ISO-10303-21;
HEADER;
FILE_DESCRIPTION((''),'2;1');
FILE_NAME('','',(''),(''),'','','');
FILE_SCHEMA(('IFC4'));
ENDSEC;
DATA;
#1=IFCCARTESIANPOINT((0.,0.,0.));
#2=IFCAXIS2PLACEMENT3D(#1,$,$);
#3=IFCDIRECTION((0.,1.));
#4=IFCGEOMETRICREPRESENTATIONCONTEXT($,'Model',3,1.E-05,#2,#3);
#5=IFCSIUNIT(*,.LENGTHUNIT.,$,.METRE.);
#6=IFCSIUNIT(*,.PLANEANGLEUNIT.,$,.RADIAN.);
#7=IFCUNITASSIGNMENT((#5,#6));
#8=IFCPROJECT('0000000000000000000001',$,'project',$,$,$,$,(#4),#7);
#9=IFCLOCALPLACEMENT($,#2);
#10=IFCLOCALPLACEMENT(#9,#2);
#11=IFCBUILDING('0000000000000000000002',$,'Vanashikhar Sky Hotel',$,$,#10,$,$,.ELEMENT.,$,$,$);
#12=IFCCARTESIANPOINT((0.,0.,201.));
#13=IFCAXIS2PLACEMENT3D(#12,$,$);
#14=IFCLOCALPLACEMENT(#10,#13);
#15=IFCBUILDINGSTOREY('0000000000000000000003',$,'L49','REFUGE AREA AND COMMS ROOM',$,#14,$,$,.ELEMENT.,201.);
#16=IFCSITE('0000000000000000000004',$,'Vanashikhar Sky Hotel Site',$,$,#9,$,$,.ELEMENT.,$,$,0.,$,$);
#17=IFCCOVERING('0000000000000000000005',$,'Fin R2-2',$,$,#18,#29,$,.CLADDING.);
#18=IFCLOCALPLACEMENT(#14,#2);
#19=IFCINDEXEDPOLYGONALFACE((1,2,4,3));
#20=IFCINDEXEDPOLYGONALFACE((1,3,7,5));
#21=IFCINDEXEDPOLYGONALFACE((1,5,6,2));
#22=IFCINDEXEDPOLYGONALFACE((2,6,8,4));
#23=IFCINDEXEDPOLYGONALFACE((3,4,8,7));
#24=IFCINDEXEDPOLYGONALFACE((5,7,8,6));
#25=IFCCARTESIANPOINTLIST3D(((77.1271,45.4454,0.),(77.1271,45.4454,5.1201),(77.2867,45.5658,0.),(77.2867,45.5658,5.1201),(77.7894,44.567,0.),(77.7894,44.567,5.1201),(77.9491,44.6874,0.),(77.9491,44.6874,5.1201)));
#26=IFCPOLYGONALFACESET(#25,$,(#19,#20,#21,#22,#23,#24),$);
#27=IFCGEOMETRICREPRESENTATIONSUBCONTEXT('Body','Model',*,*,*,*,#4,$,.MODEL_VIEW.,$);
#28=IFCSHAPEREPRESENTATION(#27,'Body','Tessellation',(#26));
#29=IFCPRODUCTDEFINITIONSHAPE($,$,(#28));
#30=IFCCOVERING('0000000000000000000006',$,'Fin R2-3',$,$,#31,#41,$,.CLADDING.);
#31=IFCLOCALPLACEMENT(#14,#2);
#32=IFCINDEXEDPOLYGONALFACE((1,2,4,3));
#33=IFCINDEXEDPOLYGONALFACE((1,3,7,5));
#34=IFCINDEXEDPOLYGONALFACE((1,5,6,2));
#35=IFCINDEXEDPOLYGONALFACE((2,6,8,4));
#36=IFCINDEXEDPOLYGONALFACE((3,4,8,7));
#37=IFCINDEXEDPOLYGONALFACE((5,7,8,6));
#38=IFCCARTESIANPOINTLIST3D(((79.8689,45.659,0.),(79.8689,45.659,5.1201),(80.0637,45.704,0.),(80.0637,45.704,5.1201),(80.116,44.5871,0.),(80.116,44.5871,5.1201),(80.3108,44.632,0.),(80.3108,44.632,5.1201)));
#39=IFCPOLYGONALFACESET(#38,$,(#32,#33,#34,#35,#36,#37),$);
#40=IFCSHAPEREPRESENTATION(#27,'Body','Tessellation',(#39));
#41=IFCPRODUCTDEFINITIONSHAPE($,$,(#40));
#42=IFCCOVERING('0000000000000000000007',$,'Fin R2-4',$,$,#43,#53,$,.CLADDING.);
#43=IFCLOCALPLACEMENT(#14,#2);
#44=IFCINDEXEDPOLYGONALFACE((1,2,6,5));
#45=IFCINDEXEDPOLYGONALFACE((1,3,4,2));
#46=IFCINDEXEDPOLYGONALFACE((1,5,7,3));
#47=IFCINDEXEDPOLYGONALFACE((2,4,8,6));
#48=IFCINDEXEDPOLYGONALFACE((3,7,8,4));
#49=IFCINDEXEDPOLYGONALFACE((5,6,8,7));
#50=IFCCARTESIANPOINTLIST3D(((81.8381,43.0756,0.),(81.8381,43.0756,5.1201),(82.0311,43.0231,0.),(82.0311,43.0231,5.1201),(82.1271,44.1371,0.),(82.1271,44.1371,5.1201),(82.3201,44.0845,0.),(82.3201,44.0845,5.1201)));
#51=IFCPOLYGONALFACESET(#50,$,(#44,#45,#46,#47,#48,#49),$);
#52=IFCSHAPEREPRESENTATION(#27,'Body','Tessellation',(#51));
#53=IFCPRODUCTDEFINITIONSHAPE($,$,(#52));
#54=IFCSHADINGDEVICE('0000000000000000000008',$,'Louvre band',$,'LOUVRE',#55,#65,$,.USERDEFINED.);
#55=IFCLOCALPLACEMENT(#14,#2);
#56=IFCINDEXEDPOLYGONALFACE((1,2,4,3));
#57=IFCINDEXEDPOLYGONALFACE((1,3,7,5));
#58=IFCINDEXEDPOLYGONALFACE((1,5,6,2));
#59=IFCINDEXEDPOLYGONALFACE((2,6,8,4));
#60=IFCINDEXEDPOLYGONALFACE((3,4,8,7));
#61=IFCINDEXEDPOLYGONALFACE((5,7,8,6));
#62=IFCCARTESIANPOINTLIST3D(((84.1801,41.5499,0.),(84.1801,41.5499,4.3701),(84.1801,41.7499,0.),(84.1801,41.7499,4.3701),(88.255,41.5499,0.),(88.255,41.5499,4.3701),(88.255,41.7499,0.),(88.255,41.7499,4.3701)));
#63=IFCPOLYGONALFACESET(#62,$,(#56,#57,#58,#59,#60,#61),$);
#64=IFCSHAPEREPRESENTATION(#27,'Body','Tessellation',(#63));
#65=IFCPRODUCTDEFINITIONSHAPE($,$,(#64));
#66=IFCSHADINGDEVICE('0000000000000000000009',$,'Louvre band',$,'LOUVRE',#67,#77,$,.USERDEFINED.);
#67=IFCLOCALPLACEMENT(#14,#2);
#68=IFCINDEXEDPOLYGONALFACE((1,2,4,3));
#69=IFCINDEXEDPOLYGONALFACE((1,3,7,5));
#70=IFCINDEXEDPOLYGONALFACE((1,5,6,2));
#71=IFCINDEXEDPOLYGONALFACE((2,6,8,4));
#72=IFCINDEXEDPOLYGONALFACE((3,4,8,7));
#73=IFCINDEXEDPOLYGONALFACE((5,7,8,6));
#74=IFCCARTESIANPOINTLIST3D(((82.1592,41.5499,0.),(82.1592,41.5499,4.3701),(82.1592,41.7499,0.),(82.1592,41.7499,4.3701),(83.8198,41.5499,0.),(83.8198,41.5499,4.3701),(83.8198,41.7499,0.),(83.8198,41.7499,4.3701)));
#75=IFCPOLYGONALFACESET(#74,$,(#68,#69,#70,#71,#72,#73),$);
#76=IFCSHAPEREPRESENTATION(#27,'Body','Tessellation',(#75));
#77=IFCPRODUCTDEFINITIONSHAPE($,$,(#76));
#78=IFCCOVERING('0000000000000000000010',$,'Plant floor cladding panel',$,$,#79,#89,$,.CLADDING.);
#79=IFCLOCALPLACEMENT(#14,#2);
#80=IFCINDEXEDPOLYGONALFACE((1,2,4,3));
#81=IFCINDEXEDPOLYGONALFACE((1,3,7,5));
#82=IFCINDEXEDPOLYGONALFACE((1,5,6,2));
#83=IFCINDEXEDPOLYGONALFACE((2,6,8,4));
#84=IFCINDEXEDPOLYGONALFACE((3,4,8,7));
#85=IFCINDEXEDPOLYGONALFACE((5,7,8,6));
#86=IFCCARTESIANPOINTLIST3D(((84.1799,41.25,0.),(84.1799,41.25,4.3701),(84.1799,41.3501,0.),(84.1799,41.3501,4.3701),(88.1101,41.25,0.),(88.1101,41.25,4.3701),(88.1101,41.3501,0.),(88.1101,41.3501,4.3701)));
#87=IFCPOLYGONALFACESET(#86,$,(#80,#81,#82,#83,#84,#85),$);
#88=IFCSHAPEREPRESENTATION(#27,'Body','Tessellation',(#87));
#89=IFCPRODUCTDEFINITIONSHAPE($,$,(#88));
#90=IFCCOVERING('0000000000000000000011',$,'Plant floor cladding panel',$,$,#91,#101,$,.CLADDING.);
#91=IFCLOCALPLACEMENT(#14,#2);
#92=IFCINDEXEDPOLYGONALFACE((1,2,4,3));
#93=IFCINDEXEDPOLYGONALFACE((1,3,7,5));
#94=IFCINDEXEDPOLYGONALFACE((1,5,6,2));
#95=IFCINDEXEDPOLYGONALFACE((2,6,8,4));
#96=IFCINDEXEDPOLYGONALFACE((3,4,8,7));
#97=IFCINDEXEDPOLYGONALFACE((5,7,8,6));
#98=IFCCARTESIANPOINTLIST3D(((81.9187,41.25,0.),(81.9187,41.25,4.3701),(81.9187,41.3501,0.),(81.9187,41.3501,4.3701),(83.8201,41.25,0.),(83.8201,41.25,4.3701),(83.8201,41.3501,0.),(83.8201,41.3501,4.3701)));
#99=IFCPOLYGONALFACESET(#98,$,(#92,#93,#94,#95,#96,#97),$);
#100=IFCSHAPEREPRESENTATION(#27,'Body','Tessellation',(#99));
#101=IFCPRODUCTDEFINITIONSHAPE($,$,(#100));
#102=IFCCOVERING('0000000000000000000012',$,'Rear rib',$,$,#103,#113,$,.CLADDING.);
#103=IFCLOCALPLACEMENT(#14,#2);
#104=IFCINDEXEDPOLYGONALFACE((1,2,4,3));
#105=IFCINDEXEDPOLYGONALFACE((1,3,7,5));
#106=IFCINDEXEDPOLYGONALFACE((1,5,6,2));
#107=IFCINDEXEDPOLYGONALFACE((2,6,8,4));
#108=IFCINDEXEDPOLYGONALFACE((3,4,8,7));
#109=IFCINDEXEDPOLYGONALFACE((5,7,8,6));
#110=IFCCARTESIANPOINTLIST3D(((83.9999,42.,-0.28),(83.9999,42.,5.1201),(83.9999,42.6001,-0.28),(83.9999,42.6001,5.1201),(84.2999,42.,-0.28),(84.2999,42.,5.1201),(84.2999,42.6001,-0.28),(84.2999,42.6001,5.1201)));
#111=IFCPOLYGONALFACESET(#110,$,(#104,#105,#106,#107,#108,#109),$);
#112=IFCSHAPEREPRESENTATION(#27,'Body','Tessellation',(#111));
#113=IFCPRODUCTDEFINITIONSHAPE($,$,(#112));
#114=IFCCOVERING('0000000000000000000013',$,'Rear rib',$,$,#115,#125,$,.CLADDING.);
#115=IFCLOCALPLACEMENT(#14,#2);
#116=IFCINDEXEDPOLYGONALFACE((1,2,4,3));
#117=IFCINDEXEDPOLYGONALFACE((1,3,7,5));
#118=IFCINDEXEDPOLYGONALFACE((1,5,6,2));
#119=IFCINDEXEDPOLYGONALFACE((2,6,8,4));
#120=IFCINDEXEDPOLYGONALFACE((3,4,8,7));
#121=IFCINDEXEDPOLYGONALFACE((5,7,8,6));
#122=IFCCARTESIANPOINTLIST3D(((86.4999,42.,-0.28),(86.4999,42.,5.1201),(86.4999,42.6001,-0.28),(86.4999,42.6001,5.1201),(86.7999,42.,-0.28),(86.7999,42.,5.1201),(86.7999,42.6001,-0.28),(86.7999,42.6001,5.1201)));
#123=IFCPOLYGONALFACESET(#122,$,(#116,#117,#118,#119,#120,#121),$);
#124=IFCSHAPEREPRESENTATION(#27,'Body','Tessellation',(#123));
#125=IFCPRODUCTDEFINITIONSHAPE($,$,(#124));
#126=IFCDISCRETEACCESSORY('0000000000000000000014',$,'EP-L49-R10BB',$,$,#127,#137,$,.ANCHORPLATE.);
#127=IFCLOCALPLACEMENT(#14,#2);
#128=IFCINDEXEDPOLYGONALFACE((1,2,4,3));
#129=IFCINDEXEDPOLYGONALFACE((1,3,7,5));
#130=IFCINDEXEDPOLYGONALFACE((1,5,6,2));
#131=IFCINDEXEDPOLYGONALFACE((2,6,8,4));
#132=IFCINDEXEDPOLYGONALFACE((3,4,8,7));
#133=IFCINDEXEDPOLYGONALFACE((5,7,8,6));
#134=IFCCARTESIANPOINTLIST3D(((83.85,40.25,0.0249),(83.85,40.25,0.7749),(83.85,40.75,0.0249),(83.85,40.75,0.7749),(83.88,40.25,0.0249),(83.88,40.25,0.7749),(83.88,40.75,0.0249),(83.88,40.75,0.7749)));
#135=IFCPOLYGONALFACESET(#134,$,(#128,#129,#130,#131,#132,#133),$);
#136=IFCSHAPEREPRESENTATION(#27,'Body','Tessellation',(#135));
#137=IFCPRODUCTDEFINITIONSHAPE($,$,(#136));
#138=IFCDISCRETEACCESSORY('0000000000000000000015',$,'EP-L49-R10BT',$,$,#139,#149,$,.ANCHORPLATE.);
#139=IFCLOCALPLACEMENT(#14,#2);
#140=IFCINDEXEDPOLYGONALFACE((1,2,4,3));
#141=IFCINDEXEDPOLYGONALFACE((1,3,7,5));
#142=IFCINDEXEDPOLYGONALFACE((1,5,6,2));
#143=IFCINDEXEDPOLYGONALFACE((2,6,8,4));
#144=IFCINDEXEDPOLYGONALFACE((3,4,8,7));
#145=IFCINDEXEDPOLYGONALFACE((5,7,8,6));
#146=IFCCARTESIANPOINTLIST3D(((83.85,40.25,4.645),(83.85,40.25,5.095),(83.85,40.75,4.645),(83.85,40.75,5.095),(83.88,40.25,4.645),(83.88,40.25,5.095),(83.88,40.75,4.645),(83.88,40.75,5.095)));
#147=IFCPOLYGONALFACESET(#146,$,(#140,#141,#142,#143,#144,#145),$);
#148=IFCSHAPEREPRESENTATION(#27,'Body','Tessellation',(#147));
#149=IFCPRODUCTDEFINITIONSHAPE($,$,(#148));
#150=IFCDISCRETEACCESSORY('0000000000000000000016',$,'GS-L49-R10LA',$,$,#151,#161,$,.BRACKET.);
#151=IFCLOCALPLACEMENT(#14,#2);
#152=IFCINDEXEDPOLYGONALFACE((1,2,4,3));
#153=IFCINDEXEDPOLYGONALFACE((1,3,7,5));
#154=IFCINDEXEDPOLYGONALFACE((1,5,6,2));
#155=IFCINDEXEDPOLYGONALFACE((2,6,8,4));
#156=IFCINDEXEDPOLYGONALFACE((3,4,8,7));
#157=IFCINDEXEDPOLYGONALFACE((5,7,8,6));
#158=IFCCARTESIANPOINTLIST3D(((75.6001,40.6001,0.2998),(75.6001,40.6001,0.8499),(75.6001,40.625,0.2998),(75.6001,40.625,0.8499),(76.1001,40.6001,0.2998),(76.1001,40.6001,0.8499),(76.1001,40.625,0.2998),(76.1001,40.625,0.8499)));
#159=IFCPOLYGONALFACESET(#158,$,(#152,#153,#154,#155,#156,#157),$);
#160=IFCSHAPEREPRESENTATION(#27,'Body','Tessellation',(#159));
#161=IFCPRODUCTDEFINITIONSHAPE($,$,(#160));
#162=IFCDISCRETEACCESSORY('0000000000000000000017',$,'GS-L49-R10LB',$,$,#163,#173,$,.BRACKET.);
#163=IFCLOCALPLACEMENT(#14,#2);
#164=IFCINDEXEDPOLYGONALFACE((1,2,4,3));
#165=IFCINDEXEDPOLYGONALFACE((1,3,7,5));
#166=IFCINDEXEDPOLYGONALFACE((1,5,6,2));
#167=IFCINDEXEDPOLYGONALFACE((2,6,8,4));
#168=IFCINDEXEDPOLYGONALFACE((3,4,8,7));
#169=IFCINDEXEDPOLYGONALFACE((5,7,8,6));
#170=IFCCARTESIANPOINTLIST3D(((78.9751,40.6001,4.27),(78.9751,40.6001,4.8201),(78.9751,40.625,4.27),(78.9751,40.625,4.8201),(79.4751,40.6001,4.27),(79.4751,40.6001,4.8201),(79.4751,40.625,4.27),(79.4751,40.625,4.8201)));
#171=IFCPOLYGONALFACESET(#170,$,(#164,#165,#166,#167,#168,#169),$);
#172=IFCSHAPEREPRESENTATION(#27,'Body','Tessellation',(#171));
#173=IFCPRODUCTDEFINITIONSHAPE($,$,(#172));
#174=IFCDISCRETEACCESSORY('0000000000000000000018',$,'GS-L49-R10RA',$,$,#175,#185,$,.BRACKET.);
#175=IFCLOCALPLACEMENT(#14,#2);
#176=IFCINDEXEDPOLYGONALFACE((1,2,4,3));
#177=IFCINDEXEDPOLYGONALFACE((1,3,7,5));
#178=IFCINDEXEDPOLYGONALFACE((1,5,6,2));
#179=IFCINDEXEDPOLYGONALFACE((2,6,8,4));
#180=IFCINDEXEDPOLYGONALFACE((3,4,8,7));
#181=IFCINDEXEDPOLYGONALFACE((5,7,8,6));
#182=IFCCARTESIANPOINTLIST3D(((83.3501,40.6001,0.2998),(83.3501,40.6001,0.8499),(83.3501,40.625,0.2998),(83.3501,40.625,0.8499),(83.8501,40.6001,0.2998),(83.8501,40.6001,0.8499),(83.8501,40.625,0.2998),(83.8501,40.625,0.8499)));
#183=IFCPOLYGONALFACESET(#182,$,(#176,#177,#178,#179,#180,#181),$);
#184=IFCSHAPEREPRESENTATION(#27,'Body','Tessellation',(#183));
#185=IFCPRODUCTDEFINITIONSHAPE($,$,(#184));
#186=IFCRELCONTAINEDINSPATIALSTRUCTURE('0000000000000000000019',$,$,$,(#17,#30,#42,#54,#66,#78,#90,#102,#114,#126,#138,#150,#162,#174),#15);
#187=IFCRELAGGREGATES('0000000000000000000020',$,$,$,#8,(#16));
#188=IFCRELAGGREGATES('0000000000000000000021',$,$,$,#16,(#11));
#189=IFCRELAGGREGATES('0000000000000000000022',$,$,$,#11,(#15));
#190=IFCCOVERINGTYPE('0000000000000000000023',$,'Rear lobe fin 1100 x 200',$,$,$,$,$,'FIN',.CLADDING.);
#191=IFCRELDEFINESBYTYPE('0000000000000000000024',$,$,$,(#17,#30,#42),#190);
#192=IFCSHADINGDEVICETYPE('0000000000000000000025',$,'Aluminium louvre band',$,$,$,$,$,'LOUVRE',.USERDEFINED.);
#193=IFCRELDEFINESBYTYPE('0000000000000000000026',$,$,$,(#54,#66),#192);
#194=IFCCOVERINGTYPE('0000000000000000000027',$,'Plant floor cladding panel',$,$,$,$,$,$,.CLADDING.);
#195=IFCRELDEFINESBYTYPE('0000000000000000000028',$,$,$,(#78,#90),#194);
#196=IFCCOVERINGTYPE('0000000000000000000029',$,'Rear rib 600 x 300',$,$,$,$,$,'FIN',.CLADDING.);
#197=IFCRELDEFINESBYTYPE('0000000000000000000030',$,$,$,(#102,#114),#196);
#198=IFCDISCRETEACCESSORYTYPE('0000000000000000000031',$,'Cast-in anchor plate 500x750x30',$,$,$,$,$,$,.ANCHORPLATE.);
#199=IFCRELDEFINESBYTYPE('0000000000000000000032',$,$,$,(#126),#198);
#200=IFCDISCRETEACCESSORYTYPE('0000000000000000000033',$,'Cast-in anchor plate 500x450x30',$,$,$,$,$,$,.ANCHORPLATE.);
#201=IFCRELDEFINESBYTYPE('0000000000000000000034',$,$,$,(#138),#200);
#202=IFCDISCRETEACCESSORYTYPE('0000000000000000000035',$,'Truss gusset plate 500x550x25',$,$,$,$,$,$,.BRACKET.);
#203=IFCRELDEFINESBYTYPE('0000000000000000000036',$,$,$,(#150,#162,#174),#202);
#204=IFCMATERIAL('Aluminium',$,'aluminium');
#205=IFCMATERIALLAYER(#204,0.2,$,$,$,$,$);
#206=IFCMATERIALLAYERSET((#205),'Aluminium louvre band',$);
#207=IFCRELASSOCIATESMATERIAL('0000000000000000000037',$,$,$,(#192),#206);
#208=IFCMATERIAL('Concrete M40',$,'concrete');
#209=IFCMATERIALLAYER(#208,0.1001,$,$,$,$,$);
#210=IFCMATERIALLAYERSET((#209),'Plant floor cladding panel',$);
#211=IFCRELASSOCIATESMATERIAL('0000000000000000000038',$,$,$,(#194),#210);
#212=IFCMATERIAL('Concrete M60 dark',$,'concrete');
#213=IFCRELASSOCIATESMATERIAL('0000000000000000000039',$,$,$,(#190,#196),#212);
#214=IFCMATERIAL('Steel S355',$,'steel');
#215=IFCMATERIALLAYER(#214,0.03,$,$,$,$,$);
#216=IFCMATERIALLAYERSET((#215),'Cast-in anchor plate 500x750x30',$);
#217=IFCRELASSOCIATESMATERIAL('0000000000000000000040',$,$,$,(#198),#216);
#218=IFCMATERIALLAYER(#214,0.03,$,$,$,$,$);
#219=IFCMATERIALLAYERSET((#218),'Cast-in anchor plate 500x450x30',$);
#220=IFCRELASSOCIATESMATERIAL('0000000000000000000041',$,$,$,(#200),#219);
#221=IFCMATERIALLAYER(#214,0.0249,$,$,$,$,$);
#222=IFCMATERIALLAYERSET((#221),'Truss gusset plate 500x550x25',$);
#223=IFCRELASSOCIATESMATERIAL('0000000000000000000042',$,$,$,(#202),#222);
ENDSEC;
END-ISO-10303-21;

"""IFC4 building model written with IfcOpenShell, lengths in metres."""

from ifc_helpers import new_model, si_unit, direction, frame, origin, origin_2d, place, context, subcontext, project, spatial, rectangle, extrude, source, transform, mapped, material, layer, layer_set, material_profile, profile_set, type_object, element, save


model = new_model("IFC4")

# Units and contexts
model_context = context("Model", 3, precision=1e-05, world=origin(), true_north=direction((0.0, 1.0)))
body_context = subcontext(model_context, "Body", "Model", "MODEL_VIEW")
ifc_project = project(units=[si_unit("LENGTHUNIT", "METRE"), si_unit("PLANEANGLEUNIT", "RADIAN")], contexts=[model_context])

# Site, building, storey
site_placement = place(None, origin())
site = spatial("IfcSite", under=ifc_project, at=site_placement, Name="Vanashikhar Sky Hotel Site", CompositionType="ELEMENT", RefElevation=0.0)
building_placement = place(site_placement, origin())
building = spatial("IfcBuilding", under=site, at=building_placement, Name="Vanashikhar Sky Hotel", CompositionType="ELEMENT")
storey_placement = place(building_placement, frame((0.0, 0.0, 201.0)))
storey = spatial("IfcBuildingStorey", under=building, at=storey_placement, Name="L49", Description="REFUGE AREA AND COMMS ROOM", CompositionType="ELEMENT", Elevation=201.0)

# Shared definitions
ifc_material_1 = material(Name="Steel S355", Category="steel")

# Shared definitions
ifc_material_2 = material(Name="Aluminium", Category="aluminium")
ifc_layer_1 = layer(ifc_material_2, 0.2)
ifc_layer_set_1 = layer_set([ifc_layer_1], Name="Aluminium louvre band")
shading_device_type = type_object("IfcShadingDeviceType", Name="Aluminium louvre band", ElementType="LOUVRE", PredefinedType="USERDEFINED", material=ifc_layer_set_1)

# Coverings
ifc_material_3 = material(Name="Concrete M40", Category="concrete")
ifc_layer_2 = layer(ifc_material_3, 0.1001)
ifc_layer_set_2 = layer_set([ifc_layer_2], Name="Plant floor cladding panel")
covering_type_1 = type_object("IfcCoveringType", Name="Plant floor cladding panel", PredefinedType="CLADDING", material=ifc_layer_set_2)
ifc_material_4 = material(Name="Concrete M60 dark", Category="concrete")
ifc_material_profile_1 = material_profile(ifc_material_4, rectangle(XDim=1.1001, YDim=0.2, at=origin_2d()))
ifc_profile_set_1 = profile_set([ifc_material_profile_1], Name="Rear lobe fin 1100 x 200")
covering_type_2 = type_object("IfcCoveringType", Name="Rear lobe fin 1100 x 200", ElementType="FIN", PredefinedType="CLADDING", material=ifc_profile_set_1)
shared_shape_1 = source(origin(), body_context, "Body", "SweptSolid", [
    extrude(rectangle(XDim=1.1001, YDim=0.2, at=origin_2d()), origin(), (0.0, 0.0, 1.0), 5.1201),
])
for number, where, z_axis, x_axis, name in (
    (1, (77.5381, 45.0664, 0.0), (0.0, 0.0, 1.0), (-0.602066, 0.798446, 0.0), "Fin R2-2"),
    (2, (80.0898, 45.1455, 0.0), (0.0, 0.0, 1.0), (-0.224645, 0.974441, 0.0), "Fin R2-3"),
    (3, (82.0791, 43.5801, 0.0), (0.0, 0.0, 1.0), (0.262711, 0.964874, 0.0), "Fin R2-4"),
):
    element("IfcCovering", number, at=place(storey_placement, frame(where, z_axis=z_axis, x_axis=x_axis)), inside=storey, type_object=covering_type_2, Name=name, PredefinedType="CLADDING", context=body_context, shape_type="MappedRepresentation", body=[
        mapped(shared_shape_1, transform((0.0, 0.0, 0.0), scale=1.0)),
    ])

# Shading devices
shared_shape_2 = source(origin(), body_context, "Body", "SweptSolid", [
    extrude(rectangle(XDim=4.075, YDim=0.2, at=origin_2d()), origin(), (0.0, 0.0, 1.0), 4.3701),
])
shading_device_1_placement = place(storey_placement, frame((86.2175, 41.6499, 0.0), z_axis=(0.0, 0.0, 1.0), x_axis=(-1.0, 0.0, 0.0)))
element("IfcShadingDevice", 4, at=shading_device_1_placement, inside=storey, type_object=shading_device_type, Name="Louvre band", ObjectType="LOUVRE", PredefinedType="USERDEFINED", context=body_context, shape_type="MappedRepresentation", body=[
    mapped(shared_shape_2, transform((0.0, 0.0, 0.0), scale=1.0)),
])
shared_shape_3 = source(origin(), body_context, "Body", "SweptSolid", [
    extrude(rectangle(XDim=1.6606, YDim=0.2, at=origin_2d()), origin(), (0.0, 0.0, 1.0), 4.3701),
])
shading_device_2_placement = place(storey_placement, frame((82.9895, 41.6499, 0.0), z_axis=(0.0, 0.0, 1.0), x_axis=(-1.0, 0.0, 0.0)))
element("IfcShadingDevice", 5, at=shading_device_2_placement, inside=storey, type_object=shading_device_type, Name="Louvre band", ObjectType="LOUVRE", PredefinedType="USERDEFINED", context=body_context, shape_type="MappedRepresentation", body=[
    mapped(shared_shape_3, transform((0.0, 0.0, 0.0), scale=1.0)),
])

# Coverings
shared_shape_4 = source(origin(), body_context, "Body", "SweptSolid", [
    extrude(rectangle(XDim=3.9302, YDim=0.1001, at=origin_2d()), origin(), (0.0, 0.0, 1.0), 4.3701),
])
covering_1_placement = place(storey_placement, frame((86.145, 41.3, 0.0), z_axis=(0.0, 0.0, 1.0), x_axis=(-1.0, 0.0, 0.0)))
element("IfcCovering", 6, at=covering_1_placement, inside=storey, type_object=covering_type_1, Name="Plant floor cladding panel", PredefinedType="CLADDING", context=body_context, shape_type="MappedRepresentation", body=[
    mapped(shared_shape_4, transform((0.0, 0.0, 0.0), scale=1.0)),
])
shared_shape_5 = source(origin(), body_context, "Body", "SweptSolid", [
    extrude(rectangle(XDim=1.9014, YDim=0.1001, at=origin_2d()), origin(), (0.0, 0.0, 1.0), 4.3701),
])
covering_2_placement = place(storey_placement, frame((82.8694, 41.3, 0.0), z_axis=(0.0, 0.0, 1.0), x_axis=(-1.0, 0.0, 0.0)))
element("IfcCovering", 7, at=covering_2_placement, inside=storey, type_object=covering_type_1, Name="Plant floor cladding panel", PredefinedType="CLADDING", context=body_context, shape_type="MappedRepresentation", body=[
    mapped(shared_shape_5, transform((0.0, 0.0, 0.0), scale=1.0)),
])
ifc_material_profile_2 = material_profile(ifc_material_4, rectangle(XDim=0.6001, YDim=0.3, at=origin_2d()))
ifc_profile_set_2 = profile_set([ifc_material_profile_2], Name="Rear rib 600 x 300")
covering_type_3 = type_object("IfcCoveringType", Name="Rear rib 600 x 300", ElementType="FIN", PredefinedType="CLADDING", material=ifc_profile_set_2)
shared_shape_6 = source(origin(), body_context, "Body", "SweptSolid", [
    extrude(rectangle(XDim=0.6001, YDim=0.3, at=origin_2d()), origin(), (0.0, 0.0, 1.0), 5.4001),
])
for number, where, z_axis, x_axis, name in (
    (8, (84.1499, 42.3, -0.28), (0.0, 0.0, 1.0), (0.0, 1.0, 0.0), "Rear rib"),
    (9, (86.6499, 42.3, -0.28), (0.0, 0.0, 1.0), (0.0, 1.0, 0.0), "Rear rib"),
):
    element("IfcCovering", number, at=place(storey_placement, frame(where, z_axis=z_axis, x_axis=x_axis)), inside=storey, type_object=covering_type_3, Name=name, PredefinedType="CLADDING", context=body_context, shape_type="MappedRepresentation", body=[
        mapped(shared_shape_6, transform((0.0, 0.0, 0.0), scale=1.0)),
    ])

# Discrete accessories
ifc_layer_3 = layer(ifc_material_1, 0.03)
ifc_layer_set_3 = layer_set([ifc_layer_3], Name="Cast-in anchor plate 500x750x30")
discrete_accessory_type_1 = type_object("IfcDiscreteAccessoryType", Name="Cast-in anchor plate 500x750x30", PredefinedType="ANCHORPLATE", material=ifc_layer_set_3)
shared_shape_7 = source(origin(), body_context, "Body", "SweptSolid", [
    extrude(rectangle(XDim=0.03, YDim=0.5, at=origin_2d()), origin(), (0.0, 0.0, 1.0), 0.75),
])
discrete_accessory_1_placement = place(storey_placement, frame((83.865, 40.5, 0.0249), z_axis=(0.0, 0.0, 1.0), x_axis=(1.0, 0.0, 0.0)))
element("IfcDiscreteAccessory", 10, at=discrete_accessory_1_placement, inside=storey, type_object=discrete_accessory_type_1, Name="EP-L49-R10BB", PredefinedType="ANCHORPLATE", context=body_context, shape_type="MappedRepresentation", body=[
    mapped(shared_shape_7, transform((0.0, 0.0, 0.0), scale=1.0)),
])
ifc_layer_4 = layer(ifc_material_1, 0.03)
ifc_layer_set_4 = layer_set([ifc_layer_4], Name="Cast-in anchor plate 500x450x30")
discrete_accessory_type_2 = type_object("IfcDiscreteAccessoryType", Name="Cast-in anchor plate 500x450x30", PredefinedType="ANCHORPLATE", material=ifc_layer_set_4)
shared_shape_8 = source(origin(), body_context, "Body", "SweptSolid", [
    extrude(rectangle(XDim=0.03, YDim=0.5, at=origin_2d()), origin(), (0.0, 0.0, 1.0), 0.45),
])
discrete_accessory_2_placement = place(storey_placement, frame((83.865, 40.5, 4.645), z_axis=(0.0, 0.0, 1.0), x_axis=(1.0, 0.0, 0.0)))
element("IfcDiscreteAccessory", 11, at=discrete_accessory_2_placement, inside=storey, type_object=discrete_accessory_type_2, Name="EP-L49-R10BT", PredefinedType="ANCHORPLATE", context=body_context, shape_type="MappedRepresentation", body=[
    mapped(shared_shape_8, transform((0.0, 0.0, 0.0), scale=1.0)),
])
ifc_layer_5 = layer(ifc_material_1, 0.0249)
ifc_layer_set_5 = layer_set([ifc_layer_5], Name="Truss gusset plate 500x550x25")
discrete_accessory_type_3 = type_object("IfcDiscreteAccessoryType", Name="Truss gusset plate 500x550x25", PredefinedType="BRACKET", material=ifc_layer_set_5)
shared_shape_9 = source(origin(), body_context, "Body", "SweptSolid", [
    extrude(rectangle(XDim=0.5, YDim=0.0249, at=origin_2d()), origin(), (0.0, 0.0, 1.0), 0.55),
])
for number, where, z_axis, x_axis, name in (
    (12, (75.8501, 40.6125, 0.2998), (0.0, 0.0, 1.0), (1.0, 0.0, 0.0), "GS-L49-R10LA"),
    (13, (79.2251, 40.6125, 4.27), (0.0, 0.0, 1.0), (1.0, 0.0, 0.0), "GS-L49-R10LB"),
    (14, (83.6001, 40.6125, 0.2998), (0.0, 0.0, 1.0), (1.0, 0.0, 0.0), "GS-L49-R10RA"),
):
    element("IfcDiscreteAccessory", number, at=place(storey_placement, frame(where, z_axis=z_axis, x_axis=x_axis)), inside=storey, type_object=discrete_accessory_type_3, Name=name, PredefinedType="BRACKET", context=body_context, shape_type="MappedRepresentation", body=[
        mapped(shared_shape_9, transform((0.0, 0.0, 0.0), scale=1.0)),
    ])

save(model, "model.ifc")
